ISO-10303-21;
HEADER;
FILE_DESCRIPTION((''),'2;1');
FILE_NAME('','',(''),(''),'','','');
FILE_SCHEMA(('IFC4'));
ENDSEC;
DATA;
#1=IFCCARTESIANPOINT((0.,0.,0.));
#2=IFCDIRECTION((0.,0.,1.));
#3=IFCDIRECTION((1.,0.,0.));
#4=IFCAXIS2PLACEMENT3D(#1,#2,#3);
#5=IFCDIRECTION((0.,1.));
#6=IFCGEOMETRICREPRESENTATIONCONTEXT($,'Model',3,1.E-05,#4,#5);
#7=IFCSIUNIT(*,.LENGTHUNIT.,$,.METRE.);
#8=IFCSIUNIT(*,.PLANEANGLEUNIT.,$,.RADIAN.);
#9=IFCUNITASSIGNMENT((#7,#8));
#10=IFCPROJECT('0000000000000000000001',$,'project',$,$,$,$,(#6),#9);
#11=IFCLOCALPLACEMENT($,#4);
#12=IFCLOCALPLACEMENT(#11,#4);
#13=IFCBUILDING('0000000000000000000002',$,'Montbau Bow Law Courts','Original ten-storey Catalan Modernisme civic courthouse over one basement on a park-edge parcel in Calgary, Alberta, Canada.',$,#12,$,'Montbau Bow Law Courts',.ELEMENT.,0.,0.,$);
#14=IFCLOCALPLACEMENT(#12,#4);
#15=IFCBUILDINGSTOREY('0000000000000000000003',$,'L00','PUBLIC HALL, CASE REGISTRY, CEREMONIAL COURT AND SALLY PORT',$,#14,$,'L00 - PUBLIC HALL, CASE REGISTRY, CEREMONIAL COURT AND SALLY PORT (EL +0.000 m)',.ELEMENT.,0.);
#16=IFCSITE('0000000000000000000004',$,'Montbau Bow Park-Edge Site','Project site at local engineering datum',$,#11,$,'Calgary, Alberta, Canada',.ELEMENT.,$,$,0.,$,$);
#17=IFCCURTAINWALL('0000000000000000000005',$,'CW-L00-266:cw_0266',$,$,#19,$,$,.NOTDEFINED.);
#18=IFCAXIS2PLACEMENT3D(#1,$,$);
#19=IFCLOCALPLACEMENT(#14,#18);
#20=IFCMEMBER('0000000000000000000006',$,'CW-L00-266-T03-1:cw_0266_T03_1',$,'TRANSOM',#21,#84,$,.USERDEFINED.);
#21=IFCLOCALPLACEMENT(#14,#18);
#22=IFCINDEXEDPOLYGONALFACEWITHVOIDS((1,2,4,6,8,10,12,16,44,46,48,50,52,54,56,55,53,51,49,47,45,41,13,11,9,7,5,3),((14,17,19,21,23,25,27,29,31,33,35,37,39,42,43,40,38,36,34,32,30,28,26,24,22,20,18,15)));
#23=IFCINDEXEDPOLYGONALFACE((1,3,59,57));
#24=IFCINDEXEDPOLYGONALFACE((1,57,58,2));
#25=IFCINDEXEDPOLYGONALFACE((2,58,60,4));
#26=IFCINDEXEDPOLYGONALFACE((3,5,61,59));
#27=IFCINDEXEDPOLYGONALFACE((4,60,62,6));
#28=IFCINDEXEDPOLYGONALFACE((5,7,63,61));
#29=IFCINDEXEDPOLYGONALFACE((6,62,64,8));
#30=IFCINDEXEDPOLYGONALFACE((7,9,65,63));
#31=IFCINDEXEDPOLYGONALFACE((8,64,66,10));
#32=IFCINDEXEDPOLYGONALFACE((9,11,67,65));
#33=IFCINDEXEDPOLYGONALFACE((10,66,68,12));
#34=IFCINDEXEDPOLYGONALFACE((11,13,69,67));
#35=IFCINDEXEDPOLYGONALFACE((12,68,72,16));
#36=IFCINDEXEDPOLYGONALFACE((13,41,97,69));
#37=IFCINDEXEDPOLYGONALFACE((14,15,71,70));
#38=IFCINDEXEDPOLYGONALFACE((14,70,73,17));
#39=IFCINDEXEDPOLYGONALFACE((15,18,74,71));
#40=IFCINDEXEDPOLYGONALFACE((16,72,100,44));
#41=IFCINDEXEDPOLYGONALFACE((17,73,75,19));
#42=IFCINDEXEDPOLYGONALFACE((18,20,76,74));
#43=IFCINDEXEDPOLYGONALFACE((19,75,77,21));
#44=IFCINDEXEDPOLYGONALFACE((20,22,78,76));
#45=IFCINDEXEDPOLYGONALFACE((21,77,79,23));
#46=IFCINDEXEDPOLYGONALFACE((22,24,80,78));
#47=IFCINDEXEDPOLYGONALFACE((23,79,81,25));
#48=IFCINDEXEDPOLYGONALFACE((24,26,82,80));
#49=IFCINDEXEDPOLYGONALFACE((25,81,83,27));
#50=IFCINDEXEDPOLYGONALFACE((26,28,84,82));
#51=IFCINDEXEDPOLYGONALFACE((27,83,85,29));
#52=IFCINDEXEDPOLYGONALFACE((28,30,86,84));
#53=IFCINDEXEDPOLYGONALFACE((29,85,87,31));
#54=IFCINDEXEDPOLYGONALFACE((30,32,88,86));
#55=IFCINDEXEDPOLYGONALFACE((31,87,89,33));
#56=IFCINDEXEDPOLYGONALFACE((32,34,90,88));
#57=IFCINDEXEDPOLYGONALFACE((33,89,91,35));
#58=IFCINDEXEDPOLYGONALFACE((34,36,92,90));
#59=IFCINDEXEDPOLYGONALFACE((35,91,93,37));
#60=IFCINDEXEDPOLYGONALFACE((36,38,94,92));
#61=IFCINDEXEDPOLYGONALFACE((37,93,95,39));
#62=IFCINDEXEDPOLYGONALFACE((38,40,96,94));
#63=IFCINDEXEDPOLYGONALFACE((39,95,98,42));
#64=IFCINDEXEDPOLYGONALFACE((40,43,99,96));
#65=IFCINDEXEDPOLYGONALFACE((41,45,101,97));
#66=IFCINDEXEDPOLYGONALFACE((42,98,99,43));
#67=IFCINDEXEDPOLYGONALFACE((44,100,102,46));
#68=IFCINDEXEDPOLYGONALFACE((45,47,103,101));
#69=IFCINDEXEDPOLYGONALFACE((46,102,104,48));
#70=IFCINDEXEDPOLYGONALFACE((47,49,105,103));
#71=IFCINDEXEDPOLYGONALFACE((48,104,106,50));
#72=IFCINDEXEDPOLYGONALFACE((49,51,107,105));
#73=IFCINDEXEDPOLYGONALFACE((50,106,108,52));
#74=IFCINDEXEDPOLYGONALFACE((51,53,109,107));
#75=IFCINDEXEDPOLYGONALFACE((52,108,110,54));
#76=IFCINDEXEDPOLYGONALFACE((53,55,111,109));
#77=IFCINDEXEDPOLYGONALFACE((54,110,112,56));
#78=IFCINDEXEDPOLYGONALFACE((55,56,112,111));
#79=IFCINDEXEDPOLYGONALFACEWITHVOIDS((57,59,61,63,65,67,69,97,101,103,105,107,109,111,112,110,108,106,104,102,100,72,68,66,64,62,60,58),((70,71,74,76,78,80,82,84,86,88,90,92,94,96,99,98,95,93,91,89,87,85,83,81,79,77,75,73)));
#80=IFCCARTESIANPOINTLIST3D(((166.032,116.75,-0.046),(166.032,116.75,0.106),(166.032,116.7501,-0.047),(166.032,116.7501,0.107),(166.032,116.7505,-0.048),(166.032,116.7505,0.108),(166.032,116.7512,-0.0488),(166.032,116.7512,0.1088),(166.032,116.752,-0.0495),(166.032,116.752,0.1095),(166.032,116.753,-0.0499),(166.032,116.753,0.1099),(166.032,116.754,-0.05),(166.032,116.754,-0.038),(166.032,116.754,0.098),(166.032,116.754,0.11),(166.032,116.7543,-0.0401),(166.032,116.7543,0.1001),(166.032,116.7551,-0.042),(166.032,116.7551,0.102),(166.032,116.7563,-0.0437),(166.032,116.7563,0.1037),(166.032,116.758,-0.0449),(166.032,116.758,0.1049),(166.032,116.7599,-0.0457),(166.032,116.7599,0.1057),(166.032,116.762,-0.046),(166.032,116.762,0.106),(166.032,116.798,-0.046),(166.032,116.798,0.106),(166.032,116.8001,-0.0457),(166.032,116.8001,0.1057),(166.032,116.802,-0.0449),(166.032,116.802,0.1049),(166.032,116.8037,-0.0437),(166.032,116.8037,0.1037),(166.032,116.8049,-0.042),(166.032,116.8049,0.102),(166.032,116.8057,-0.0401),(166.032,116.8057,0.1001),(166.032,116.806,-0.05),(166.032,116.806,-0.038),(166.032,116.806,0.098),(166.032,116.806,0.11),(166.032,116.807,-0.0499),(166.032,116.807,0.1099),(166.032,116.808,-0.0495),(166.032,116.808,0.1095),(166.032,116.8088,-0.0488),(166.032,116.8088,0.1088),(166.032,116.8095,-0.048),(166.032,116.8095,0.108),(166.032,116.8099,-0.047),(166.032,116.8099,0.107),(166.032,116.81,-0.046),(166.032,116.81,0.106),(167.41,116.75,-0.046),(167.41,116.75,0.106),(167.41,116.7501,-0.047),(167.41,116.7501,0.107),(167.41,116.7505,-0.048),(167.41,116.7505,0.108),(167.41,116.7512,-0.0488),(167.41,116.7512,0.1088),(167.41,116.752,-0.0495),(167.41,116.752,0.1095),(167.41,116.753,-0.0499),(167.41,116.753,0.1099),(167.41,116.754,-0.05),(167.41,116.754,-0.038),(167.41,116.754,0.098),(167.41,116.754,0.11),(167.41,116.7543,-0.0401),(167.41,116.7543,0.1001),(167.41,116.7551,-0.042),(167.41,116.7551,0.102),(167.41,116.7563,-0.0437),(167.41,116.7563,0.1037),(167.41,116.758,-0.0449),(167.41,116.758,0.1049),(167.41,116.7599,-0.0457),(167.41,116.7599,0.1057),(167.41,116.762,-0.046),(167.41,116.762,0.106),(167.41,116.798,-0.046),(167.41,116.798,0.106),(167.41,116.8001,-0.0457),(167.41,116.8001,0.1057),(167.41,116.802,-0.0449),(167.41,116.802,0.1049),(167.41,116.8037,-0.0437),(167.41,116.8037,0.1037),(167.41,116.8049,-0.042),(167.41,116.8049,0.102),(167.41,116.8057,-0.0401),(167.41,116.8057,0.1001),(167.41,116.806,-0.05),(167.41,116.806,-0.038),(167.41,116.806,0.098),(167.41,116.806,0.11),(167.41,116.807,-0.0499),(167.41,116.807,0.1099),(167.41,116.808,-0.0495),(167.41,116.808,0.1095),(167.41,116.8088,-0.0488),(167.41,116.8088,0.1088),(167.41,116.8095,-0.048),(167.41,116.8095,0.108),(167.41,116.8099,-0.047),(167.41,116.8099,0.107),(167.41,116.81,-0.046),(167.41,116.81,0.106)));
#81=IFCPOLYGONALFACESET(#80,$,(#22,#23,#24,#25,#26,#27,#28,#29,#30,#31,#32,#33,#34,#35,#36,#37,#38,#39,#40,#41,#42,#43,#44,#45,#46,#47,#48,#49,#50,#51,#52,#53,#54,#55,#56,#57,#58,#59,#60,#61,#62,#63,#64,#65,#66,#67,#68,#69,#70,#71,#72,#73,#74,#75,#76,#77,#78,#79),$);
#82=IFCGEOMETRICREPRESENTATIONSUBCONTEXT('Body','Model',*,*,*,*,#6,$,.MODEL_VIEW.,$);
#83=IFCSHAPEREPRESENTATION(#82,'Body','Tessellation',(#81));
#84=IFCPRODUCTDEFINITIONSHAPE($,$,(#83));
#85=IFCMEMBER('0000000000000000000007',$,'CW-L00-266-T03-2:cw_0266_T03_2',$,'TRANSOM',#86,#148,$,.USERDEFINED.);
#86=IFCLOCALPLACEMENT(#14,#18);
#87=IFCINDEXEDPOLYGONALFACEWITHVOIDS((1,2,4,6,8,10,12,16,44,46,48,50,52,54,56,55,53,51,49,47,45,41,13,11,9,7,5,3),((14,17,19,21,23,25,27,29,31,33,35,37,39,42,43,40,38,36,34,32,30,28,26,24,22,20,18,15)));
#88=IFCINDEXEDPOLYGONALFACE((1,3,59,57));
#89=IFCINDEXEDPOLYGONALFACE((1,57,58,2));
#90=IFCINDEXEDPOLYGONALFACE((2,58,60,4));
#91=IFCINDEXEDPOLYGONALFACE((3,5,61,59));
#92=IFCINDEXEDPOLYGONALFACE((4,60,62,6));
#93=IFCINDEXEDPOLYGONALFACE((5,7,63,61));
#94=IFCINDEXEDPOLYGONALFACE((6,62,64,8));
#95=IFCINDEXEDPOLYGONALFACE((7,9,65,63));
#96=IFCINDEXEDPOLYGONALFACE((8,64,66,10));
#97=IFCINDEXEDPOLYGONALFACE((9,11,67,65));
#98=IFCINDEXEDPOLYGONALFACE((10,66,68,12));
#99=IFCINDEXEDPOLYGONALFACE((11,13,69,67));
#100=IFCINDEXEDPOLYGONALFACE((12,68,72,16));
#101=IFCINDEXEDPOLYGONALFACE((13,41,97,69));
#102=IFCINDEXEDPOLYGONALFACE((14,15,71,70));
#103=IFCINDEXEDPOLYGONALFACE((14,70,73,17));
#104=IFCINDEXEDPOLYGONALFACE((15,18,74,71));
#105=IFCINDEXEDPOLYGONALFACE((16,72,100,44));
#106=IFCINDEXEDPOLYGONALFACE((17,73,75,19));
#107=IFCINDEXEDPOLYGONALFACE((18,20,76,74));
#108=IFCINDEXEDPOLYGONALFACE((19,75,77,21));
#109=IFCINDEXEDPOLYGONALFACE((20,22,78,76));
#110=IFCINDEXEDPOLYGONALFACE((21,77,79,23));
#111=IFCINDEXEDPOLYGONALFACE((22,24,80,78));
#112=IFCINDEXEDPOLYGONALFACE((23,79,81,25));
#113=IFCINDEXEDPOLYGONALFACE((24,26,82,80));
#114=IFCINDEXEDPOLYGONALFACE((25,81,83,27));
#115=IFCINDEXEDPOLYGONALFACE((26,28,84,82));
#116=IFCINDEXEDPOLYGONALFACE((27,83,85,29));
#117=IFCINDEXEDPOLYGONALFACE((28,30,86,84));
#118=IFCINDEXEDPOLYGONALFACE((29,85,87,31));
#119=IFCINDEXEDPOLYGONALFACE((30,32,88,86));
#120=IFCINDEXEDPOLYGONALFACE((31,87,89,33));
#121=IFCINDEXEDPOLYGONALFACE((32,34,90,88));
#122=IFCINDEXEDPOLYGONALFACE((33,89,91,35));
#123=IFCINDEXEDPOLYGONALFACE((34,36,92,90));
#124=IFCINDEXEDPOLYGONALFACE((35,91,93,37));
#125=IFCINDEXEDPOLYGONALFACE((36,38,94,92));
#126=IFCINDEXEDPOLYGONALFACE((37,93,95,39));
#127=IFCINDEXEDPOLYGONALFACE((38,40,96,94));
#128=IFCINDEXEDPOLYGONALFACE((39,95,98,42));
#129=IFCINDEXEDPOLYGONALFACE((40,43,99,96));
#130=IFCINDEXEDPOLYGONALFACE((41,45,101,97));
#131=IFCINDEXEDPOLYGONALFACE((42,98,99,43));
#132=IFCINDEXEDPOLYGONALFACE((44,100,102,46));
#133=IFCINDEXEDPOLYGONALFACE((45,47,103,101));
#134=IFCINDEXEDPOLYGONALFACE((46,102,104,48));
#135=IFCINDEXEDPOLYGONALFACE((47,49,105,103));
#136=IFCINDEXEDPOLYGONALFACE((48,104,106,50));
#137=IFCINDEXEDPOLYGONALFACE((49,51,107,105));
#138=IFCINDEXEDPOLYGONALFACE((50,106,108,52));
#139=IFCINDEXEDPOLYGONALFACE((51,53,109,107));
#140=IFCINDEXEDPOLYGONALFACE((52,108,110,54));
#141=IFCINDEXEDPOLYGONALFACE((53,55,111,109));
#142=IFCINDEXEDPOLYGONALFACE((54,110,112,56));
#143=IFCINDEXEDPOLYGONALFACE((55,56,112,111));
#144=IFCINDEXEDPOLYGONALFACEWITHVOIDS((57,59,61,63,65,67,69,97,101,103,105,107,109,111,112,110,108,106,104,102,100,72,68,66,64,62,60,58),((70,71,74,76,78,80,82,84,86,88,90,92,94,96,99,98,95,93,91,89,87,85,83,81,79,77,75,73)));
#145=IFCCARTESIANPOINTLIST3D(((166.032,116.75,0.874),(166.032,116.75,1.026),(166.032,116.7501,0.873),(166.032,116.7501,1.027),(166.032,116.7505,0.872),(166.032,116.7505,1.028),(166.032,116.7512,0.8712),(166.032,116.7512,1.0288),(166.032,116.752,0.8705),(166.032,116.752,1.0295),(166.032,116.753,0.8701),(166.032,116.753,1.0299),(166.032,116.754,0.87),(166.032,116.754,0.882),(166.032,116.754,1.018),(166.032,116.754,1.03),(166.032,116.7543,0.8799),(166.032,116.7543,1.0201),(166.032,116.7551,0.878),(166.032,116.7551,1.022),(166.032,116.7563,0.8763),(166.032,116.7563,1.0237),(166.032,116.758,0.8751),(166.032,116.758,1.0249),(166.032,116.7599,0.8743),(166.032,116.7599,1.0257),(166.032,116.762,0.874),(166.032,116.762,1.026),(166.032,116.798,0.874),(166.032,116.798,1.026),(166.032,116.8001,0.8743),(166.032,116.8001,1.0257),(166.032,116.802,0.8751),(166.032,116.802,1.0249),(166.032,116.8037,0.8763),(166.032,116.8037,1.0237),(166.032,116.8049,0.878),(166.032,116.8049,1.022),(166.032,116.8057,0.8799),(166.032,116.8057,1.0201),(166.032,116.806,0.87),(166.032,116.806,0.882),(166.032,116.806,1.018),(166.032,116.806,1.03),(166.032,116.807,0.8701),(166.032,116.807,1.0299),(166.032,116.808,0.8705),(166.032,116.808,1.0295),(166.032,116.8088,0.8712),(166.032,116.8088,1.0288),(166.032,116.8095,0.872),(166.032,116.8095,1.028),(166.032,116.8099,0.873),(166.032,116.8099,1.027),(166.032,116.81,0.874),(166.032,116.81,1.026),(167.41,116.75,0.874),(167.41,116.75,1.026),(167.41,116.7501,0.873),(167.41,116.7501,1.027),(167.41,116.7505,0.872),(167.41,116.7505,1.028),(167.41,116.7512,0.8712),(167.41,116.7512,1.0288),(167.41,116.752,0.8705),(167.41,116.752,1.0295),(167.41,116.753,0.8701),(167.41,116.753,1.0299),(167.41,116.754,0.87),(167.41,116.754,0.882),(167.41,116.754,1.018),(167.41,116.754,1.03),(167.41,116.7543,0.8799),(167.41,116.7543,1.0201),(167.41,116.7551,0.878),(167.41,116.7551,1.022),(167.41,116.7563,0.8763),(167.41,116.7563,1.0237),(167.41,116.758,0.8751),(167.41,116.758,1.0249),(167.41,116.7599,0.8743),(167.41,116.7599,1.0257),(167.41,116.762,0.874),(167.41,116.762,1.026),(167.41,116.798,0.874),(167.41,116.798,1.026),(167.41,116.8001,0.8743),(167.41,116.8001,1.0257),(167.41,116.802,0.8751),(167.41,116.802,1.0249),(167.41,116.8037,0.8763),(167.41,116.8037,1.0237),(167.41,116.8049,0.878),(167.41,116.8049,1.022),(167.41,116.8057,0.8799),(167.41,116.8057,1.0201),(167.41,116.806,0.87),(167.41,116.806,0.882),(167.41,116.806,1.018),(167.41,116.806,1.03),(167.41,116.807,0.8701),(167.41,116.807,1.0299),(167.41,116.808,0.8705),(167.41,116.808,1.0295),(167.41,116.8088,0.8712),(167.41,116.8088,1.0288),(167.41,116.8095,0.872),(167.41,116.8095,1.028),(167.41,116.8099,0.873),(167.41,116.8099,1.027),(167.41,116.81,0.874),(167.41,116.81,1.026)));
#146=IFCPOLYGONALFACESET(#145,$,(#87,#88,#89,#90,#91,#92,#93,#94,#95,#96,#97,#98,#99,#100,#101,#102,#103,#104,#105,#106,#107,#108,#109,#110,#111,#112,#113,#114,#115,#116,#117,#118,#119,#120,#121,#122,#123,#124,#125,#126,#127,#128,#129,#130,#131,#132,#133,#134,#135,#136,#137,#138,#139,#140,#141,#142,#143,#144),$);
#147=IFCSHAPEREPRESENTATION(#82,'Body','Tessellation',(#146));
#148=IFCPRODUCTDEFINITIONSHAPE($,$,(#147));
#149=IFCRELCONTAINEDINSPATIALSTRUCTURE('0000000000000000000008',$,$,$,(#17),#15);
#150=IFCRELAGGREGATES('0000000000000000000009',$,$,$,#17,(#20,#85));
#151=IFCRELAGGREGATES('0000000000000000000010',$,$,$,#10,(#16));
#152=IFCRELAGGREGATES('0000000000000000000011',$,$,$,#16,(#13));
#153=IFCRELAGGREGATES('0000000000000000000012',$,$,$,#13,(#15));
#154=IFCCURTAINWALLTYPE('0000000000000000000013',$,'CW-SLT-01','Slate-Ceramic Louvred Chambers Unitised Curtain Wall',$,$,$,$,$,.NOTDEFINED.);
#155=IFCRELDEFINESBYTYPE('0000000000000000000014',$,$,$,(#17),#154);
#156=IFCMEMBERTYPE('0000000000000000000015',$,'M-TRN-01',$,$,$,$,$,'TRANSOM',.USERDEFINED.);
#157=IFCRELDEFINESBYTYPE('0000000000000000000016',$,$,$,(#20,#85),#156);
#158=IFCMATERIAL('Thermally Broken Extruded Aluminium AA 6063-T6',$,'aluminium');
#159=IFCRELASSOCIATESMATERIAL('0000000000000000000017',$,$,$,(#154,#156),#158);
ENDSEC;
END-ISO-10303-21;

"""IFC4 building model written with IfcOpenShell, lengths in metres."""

from ifc_helpers import new_model, si_unit, direction, frame, origin_with_axes, origin_2d_with_axis, place, context, subcontext, project, spatial, hollow_rectangle, extrude, material, material_profile, profile_set, type_object, element, aggregate, save


model = new_model("IFC4")

# Units and contexts
model_context = context("Model", 3, precision=1e-05, world=origin_with_axes(), true_north=direction((0.0, 1.0)))
body_context = subcontext(model_context, "Body", "Model", "MODEL_VIEW")
ifc_project = project(units=[si_unit("LENGTHUNIT", "METRE"), si_unit("PLANEANGLEUNIT", "RADIAN")], contexts=[model_context])

# Site, building, storey
site_placement = place(None, origin_with_axes())
site = spatial("IfcSite", under=ifc_project, at=site_placement, Name="Montbau Bow Park-Edge Site", Description="Project site at local engineering datum", LongName="Calgary, Alberta, Canada", CompositionType="ELEMENT", RefElevation=0.0)
building_placement = place(site_placement, origin_with_axes())
building = spatial("IfcBuilding", under=site, at=building_placement, Name="Montbau Bow Law Courts", Description="Original ten-storey Catalan Modernisme civic courthouse over one basement on a park-edge parcel in Calgary, Alberta, Canada.", LongName="Montbau Bow Law Courts", CompositionType="ELEMENT", ElevationOfRefHeight=0.0, ElevationOfTerrain=0.0)
storey_placement = place(building_placement, origin_with_axes())
storey = spatial("IfcBuildingStorey", under=building, at=storey_placement, Name="L00", Description="PUBLIC HALL, CASE REGISTRY, CEREMONIAL COURT AND SALLY PORT", LongName="L00 - PUBLIC HALL, CASE REGISTRY, CEREMONIAL COURT AND SALLY PORT (EL +0.000 m)", CompositionType="ELEMENT", Elevation=0.0)

# Curtain wall, members
ifc_material_1 = material(Name="Thermally Broken Extruded Aluminium AA 6063-T6", Category="aluminium")
curtain_wall_type = type_object("IfcCurtainWallType", Name="CW-SLT-01", Description="Slate-Ceramic Louvred Chambers Unitised Curtain Wall", PredefinedType="NOTDEFINED", material=ifc_material_1)
curtain_wall_placement = place(None, frame((163.115, 116.78, 0.0), z_axis=(0.0, 0.0, 1.0), x_axis=(1.0, 0.0, 0.0)))
curtain_wall = element("IfcCurtainWall", 1, at=curtain_wall_placement, inside=storey, type_object=curtain_wall_type, Name="CW-L00-266:cw_0266", PredefinedType="NOTDEFINED")
ifc_material_profile_1 = material_profile(ifc_material_1, hollow_rectangle(XDim=0.06, YDim=0.16, WallThickness=0.004, InnerFilletRadius=0.008, OuterFilletRadius=0.004, at=origin_2d_with_axis()), Name="CWT-160X60", Category="Main", Priority=0)
ifc_profile_set_1 = profile_set([ifc_material_profile_1], Name="Thermally Broken Extruded Aluminium AA 6063-T6")
member_type_1 = type_object("IfcMemberType", Name="M-TRN-01", ElementType="TRANSOM", PredefinedType="USERDEFINED", material=ifc_profile_set_1)
member_1_placement = place(None, frame((166.032, 116.78, 0.03), z_axis=(1.0, 0.0, 0.0), x_axis=(0.0, 1.0, 0.0)))
member_1 = element("IfcMember", 2, at=member_1_placement, type_object=member_type_1, Name="CW-L00-266-T03-1:cw_0266_T03_1", ObjectType="TRANSOM", PredefinedType="USERDEFINED", context=body_context, shape_type="SweptSolid", body=[
    extrude(hollow_rectangle(XDim=0.06, YDim=0.16, WallThickness=0.004, InnerFilletRadius=0.008, OuterFilletRadius=0.004, at=origin_2d_with_axis()), origin_with_axes(), (0.0, 0.0, 1.0), 1.378),
])
member_2_placement = place(None, frame((166.032, 116.78, 0.95), z_axis=(1.0, 0.0, 0.0), x_axis=(0.0, 1.0, 0.0)))
member_2 = element("IfcMember", 3, at=member_2_placement, type_object=member_type_1, Name="CW-L00-266-T03-2:cw_0266_T03_2", ObjectType="TRANSOM", PredefinedType="USERDEFINED", context=body_context, shape_type="SweptSolid", body=[
    extrude(hollow_rectangle(XDim=0.06, YDim=0.16, WallThickness=0.004, InnerFilletRadius=0.008, OuterFilletRadius=0.004, at=origin_2d_with_axis()), origin_with_axes(), (0.0, 0.0, 1.0), 1.378),
])
aggregate(curtain_wall, [member_1, member_2])

save(model, "model.ifc")
